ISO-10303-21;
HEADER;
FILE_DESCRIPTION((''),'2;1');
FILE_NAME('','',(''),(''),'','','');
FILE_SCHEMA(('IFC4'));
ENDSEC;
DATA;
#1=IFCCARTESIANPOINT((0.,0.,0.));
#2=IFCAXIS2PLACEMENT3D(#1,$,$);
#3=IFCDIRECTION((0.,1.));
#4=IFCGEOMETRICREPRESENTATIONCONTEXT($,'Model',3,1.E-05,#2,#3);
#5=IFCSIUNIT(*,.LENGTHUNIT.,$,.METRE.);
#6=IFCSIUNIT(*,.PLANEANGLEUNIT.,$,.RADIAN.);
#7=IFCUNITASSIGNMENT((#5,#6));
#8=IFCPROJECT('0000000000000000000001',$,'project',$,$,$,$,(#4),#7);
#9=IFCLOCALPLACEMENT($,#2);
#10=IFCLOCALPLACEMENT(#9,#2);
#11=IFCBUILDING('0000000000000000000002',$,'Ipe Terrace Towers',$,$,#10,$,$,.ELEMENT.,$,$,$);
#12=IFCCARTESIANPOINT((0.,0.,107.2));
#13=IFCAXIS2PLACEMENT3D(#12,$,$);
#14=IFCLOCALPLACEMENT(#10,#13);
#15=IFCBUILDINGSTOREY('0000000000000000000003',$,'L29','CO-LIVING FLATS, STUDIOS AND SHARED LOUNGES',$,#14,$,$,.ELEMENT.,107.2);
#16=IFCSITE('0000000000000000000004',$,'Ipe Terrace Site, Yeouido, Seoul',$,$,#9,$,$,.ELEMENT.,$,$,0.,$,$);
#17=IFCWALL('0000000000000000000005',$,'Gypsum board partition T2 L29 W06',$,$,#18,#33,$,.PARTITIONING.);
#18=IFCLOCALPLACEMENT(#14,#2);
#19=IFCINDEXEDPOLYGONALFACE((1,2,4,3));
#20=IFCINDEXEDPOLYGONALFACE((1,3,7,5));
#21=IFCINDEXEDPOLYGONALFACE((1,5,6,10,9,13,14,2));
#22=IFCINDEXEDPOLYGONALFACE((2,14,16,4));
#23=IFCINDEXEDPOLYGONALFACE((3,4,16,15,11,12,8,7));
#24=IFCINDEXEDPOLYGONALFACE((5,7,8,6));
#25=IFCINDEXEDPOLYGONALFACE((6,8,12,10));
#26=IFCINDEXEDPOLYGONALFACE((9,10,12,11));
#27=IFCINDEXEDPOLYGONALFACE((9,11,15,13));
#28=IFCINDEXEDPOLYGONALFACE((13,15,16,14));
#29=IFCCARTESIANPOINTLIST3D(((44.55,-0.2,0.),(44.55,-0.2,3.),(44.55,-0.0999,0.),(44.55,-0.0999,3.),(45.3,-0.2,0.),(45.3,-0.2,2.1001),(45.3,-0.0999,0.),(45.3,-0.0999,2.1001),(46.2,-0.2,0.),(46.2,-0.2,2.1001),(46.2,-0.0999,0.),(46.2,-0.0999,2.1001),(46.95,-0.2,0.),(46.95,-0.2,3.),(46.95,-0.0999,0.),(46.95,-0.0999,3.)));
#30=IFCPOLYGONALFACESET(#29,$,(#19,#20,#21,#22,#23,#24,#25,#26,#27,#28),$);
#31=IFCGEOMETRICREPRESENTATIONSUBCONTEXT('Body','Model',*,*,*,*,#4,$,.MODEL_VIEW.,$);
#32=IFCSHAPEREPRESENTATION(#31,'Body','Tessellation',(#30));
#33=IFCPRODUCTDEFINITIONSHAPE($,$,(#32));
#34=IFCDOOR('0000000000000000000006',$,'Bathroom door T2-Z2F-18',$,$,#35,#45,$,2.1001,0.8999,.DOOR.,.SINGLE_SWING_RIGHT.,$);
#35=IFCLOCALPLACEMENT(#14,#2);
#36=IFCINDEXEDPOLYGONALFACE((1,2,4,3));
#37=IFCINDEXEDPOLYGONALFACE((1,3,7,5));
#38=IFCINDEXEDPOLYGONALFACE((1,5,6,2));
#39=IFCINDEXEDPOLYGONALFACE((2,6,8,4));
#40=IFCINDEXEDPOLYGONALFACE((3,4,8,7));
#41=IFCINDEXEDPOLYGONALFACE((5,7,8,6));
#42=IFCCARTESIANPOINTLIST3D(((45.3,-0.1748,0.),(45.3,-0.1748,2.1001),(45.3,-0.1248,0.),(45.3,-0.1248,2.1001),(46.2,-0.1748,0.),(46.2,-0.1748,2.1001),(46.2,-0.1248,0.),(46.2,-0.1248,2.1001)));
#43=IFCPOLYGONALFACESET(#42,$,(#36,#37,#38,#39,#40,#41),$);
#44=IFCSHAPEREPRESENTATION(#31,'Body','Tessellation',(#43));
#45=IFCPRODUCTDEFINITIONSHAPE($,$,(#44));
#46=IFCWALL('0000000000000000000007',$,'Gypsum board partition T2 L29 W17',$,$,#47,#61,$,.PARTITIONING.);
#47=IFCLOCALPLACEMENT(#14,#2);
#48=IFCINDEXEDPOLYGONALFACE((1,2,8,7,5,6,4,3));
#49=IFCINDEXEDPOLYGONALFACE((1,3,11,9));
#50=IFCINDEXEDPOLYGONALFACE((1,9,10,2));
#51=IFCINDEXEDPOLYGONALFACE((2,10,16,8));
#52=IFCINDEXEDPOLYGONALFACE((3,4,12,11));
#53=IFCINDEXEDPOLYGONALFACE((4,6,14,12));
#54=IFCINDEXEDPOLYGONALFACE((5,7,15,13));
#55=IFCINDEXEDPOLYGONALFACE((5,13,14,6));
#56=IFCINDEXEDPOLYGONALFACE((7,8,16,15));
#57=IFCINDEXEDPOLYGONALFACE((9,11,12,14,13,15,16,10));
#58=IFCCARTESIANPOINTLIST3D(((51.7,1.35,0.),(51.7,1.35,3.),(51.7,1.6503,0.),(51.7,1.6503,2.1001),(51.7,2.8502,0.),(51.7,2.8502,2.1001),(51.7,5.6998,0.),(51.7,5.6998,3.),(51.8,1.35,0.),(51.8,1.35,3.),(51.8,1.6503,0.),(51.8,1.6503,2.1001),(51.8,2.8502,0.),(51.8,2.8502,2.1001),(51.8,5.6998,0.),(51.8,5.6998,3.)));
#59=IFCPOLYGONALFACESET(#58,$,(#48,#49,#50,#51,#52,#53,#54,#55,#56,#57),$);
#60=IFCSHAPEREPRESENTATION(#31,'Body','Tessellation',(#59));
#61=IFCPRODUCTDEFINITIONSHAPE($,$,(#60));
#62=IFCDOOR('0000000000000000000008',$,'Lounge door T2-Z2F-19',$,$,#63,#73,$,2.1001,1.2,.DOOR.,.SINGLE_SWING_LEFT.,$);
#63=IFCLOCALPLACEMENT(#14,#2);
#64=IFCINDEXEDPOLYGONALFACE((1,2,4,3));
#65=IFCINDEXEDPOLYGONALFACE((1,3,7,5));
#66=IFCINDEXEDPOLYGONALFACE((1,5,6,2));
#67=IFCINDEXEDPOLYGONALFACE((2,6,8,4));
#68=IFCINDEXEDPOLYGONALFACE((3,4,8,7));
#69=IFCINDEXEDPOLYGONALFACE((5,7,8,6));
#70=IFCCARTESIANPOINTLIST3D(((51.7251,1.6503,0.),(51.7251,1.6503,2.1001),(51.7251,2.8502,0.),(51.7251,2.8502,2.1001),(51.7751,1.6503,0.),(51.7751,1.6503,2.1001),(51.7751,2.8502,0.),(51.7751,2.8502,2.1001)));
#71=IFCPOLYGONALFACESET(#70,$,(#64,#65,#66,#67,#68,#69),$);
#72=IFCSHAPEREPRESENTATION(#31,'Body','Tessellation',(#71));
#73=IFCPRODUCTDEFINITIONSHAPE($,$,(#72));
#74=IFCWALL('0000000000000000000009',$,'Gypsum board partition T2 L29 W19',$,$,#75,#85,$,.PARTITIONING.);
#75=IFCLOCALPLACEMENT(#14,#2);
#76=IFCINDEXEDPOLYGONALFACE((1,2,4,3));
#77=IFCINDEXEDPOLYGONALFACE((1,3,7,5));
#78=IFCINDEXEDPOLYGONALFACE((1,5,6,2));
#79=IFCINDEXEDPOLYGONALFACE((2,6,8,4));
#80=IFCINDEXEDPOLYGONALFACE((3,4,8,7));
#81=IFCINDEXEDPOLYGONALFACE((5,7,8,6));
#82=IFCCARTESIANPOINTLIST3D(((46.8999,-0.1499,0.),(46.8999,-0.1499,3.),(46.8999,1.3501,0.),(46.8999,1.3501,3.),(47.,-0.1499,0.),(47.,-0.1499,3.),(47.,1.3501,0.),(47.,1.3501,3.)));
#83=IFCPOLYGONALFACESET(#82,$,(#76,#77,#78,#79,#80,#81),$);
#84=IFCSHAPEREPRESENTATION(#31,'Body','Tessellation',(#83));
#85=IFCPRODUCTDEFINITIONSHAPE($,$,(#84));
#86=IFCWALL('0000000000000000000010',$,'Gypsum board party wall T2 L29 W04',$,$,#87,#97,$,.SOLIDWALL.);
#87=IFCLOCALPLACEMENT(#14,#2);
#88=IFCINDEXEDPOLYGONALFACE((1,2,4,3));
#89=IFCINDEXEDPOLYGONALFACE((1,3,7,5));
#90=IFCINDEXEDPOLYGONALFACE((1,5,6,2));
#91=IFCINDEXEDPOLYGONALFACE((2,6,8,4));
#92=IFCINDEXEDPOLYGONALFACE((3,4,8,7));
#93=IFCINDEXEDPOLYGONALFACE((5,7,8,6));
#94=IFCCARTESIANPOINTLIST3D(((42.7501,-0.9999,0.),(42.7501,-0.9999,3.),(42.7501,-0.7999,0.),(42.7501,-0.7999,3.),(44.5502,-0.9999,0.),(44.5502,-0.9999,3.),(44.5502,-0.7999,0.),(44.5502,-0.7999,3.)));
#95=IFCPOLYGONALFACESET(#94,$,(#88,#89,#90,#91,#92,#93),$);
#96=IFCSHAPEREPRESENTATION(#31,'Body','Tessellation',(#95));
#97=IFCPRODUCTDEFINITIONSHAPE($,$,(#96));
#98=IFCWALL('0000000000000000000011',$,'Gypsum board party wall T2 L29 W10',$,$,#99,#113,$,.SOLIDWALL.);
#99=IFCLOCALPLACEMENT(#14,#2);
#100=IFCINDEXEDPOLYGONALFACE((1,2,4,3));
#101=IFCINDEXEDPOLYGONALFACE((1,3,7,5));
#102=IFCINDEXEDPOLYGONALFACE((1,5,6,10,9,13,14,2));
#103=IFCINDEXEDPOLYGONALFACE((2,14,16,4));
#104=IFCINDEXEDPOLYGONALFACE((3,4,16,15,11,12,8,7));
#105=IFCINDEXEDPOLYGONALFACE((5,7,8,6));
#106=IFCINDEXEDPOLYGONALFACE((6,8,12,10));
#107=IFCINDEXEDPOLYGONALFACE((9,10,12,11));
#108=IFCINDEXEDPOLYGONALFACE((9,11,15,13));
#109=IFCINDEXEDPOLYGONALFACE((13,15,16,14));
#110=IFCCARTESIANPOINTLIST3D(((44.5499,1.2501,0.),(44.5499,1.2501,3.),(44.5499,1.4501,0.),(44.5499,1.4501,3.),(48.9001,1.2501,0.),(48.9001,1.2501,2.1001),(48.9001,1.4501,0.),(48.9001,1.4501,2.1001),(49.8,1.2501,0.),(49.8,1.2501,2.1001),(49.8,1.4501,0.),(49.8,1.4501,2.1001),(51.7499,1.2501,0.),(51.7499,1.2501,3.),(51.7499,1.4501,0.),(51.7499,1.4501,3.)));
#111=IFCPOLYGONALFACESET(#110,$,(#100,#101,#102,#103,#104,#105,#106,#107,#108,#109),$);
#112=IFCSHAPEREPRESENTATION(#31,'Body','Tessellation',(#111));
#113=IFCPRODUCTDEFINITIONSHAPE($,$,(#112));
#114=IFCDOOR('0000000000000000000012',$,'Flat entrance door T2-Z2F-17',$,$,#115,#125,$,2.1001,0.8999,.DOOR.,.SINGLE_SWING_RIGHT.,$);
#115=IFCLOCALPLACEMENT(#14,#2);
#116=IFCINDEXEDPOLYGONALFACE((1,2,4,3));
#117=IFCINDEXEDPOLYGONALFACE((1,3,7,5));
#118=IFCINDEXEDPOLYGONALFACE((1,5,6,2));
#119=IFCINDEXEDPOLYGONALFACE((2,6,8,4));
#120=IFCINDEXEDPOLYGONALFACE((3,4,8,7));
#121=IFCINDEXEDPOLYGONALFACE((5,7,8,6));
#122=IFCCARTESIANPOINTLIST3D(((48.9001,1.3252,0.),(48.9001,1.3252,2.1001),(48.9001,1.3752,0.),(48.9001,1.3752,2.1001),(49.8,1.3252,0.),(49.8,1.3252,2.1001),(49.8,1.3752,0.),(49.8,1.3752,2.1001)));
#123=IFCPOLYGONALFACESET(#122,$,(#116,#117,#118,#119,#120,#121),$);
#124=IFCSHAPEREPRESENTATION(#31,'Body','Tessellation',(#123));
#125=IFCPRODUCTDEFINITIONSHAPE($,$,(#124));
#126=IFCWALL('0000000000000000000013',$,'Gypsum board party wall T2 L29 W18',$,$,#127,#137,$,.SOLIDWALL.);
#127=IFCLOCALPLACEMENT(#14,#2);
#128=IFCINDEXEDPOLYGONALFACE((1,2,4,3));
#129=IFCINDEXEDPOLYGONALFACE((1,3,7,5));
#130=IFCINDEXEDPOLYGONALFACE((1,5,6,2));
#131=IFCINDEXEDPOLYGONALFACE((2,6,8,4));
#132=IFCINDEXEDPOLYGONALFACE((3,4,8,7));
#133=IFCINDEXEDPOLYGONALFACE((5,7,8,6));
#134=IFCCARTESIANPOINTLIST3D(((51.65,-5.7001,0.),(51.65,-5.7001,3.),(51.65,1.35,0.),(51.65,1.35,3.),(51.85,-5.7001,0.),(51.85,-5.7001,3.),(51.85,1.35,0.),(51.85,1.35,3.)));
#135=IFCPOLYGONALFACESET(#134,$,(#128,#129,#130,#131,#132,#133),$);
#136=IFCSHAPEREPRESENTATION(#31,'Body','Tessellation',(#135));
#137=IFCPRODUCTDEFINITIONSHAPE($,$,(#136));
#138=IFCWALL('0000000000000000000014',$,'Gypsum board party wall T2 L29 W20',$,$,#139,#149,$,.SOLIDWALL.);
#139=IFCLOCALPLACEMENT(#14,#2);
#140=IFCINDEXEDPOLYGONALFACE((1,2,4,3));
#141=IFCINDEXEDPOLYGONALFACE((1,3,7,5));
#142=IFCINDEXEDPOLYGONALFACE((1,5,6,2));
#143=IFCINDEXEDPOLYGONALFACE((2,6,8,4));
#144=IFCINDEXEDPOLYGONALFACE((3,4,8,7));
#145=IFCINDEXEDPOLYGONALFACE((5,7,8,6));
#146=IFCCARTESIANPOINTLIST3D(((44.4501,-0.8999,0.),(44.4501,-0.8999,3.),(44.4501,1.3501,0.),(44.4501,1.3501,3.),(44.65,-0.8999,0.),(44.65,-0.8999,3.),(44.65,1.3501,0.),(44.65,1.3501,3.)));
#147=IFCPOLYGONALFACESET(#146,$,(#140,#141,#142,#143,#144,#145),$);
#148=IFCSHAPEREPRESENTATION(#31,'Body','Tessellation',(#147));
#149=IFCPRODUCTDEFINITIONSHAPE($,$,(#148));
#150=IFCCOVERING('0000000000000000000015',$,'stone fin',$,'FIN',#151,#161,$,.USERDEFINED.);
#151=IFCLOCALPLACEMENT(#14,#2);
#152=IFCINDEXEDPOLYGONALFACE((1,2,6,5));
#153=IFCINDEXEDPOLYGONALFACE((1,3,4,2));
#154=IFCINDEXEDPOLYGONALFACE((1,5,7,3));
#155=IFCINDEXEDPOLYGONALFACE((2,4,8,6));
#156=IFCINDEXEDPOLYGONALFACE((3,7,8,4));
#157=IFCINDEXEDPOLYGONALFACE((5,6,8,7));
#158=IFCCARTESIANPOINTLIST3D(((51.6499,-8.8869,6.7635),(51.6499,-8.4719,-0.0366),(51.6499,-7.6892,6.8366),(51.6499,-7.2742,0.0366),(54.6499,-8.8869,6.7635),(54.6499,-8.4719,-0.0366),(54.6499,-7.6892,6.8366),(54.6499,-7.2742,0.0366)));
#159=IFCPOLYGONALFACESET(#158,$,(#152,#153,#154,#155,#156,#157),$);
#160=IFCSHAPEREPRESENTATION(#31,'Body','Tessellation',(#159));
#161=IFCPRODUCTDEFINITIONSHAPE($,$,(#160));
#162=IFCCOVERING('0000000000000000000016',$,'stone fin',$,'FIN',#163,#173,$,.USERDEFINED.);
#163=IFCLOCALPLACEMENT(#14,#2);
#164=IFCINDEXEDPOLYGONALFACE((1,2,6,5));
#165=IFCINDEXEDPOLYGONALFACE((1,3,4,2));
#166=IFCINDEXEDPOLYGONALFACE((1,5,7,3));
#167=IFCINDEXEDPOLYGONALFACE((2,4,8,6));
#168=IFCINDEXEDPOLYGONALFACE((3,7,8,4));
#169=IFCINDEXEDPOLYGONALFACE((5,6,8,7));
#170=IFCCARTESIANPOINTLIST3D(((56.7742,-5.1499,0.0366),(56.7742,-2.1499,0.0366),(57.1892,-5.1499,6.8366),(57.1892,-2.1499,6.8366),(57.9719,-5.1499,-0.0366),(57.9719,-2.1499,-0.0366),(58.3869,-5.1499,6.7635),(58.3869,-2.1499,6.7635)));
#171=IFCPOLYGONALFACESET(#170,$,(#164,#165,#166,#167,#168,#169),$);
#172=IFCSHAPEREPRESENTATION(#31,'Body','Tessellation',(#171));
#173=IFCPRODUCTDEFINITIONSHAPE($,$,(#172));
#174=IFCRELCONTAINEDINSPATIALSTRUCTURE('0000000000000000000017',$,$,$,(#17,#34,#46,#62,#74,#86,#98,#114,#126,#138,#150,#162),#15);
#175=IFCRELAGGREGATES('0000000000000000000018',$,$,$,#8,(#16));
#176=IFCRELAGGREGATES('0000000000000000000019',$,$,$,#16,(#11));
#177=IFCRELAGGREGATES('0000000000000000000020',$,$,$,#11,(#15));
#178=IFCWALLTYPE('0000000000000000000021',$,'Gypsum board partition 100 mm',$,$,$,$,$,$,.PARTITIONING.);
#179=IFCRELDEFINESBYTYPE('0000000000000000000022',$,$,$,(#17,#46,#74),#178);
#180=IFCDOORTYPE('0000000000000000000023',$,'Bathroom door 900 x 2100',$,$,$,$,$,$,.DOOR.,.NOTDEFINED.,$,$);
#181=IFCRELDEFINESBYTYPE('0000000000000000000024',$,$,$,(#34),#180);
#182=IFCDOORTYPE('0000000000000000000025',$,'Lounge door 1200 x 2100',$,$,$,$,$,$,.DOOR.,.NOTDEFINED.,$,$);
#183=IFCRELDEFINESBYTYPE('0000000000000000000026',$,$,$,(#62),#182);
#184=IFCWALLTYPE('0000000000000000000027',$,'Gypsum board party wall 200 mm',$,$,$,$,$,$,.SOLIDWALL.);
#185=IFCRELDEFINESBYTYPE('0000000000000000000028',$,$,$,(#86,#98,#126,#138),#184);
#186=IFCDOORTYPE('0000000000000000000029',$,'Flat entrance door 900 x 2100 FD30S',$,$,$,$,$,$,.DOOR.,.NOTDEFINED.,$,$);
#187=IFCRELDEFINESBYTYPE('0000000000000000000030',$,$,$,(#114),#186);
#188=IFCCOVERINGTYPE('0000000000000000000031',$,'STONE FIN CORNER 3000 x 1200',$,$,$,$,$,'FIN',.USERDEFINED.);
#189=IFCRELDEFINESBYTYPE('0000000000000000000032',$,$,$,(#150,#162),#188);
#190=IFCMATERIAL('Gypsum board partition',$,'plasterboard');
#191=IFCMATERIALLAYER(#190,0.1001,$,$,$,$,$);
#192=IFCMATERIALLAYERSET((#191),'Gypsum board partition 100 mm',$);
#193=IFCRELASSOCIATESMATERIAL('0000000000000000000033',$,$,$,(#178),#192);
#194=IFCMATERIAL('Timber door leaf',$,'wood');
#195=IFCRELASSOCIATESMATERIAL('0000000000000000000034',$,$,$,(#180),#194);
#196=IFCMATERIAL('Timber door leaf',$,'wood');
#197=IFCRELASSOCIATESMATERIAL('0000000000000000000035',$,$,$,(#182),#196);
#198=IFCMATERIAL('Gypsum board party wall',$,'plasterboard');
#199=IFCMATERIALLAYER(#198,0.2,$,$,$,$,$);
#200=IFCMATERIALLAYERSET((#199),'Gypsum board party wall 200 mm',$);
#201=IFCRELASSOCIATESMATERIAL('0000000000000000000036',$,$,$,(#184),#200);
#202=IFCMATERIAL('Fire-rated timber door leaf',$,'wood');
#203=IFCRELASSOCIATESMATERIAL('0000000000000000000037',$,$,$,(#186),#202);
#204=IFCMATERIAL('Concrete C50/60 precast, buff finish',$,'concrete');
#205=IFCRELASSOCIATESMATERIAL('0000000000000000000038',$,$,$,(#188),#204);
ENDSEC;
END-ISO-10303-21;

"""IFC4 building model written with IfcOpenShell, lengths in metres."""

from ifc_helpers import new_model, si_unit, direction, frame, frame_2d, origin, origin_2d, place, context, subcontext, project, spatial, rectangle, extrude, material, layer, layer_set, material_profile, profile_set, type_object, element, fill, save


model = new_model("IFC4")

# Units and contexts
model_context = context("Model", 3, precision=1e-05, world=origin(), true_north=direction((0.0, 1.0)))
body_context = subcontext(model_context, "Body", "Model", "MODEL_VIEW")
ifc_project = project(units=[si_unit("LENGTHUNIT", "METRE"), si_unit("PLANEANGLEUNIT", "RADIAN")], contexts=[model_context])

# Site, building, storey
site_placement = place(None, origin())
site = spatial("IfcSite", under=ifc_project, at=site_placement, Name="Ipe Terrace Site, Yeouido, Seoul", CompositionType="ELEMENT", RefElevation=0.0)
building_placement = place(site_placement, origin())
building = spatial("IfcBuilding", under=site, at=building_placement, Name="Ipe Terrace Towers", CompositionType="ELEMENT")
storey_placement = place(building_placement, frame((0.0, 0.0, 107.2)))
storey = spatial("IfcBuildingStorey", under=building, at=storey_placement, Name="L29", Description="CO-LIVING FLATS, STUDIOS AND SHARED LOUNGES", CompositionType="ELEMENT", Elevation=107.2)

# Walls, openings, doors
ifc_material_1 = material(Name="Gypsum board partition", Category="plasterboard")
ifc_layer_1 = layer(ifc_material_1, 0.1001)
ifc_layer_set_1 = layer_set([ifc_layer_1], Name="Gypsum board partition 100 mm")
wall_type_1 = type_object("IfcWallType", Name="Gypsum board partition 100 mm", PredefinedType="PARTITIONING", material=ifc_layer_set_1)
wall_1_placement = place(storey_placement, frame((46.95, -0.1499, 0.0), z_axis=(0.0, 0.0, 1.0), x_axis=(-1.0, 0.0, 0.0)))
wall_1 = element("IfcWall", 1, at=wall_1_placement, inside=storey, type_object=wall_type_1, Name="Gypsum board partition T2 L29 W06", PredefinedType="PARTITIONING", context=body_context, shape_type="SweptSolid", body=[
    extrude(rectangle(XDim=2.3999, YDim=0.1001, at=frame_2d((1.2, 0.0))), origin(), (0.0, 0.0, 1.0), 3.0),
])
opening_1_placement = place(wall_1_placement, frame((0.75, 0.0, 0.0)))
opening_1 = element("IfcOpeningElement", 2, at=opening_1_placement, cuts=wall_1, PredefinedType="OPENING", context=body_context, shape_type="SweptSolid", body=[
    extrude(rectangle(XDim=0.8999, YDim=2.1001, at=frame_2d((0.45, 1.05))), frame((0.0, 0.0601, 0.0), z_axis=(0.0, -1.0, 0.0), x_axis=(1.0, 0.0, 0.0)), (0.0, 0.0, 1.0), 0.1201),
])
ifc_material_2 = material(Name="Timber door leaf", Category="wood")
door_type_1 = type_object("IfcDoorType", Name="Bathroom door 900 x 2100", OperationType="NOTDEFINED", PredefinedType="DOOR", material=ifc_material_2)
door_1_placement = place(opening_1_placement, origin())
door_1 = element("IfcDoor", 3, at=door_1_placement, inside=storey, type_object=door_type_1, Name="Bathroom door T2-Z2F-18", OperationType="SINGLE_SWING_RIGHT", OverallHeight=2.1001, OverallWidth=0.8999, PredefinedType="DOOR", context=body_context, shape_type="SweptSolid", body=[
    extrude(rectangle(XDim=0.8999, YDim=2.1001, at=frame_2d((0.45, 1.05))), frame((0.0, 0.0249, 0.0), z_axis=(0.0, -1.0, 0.0), x_axis=(1.0, 0.0, 0.0)), (0.0, 0.0, 1.0), 0.05),
])
fill(opening_1, door_1)
wall_2_placement = place(storey_placement, frame((51.75, 1.3501, 0.0), z_axis=(0.0, 0.0, 1.0), x_axis=(0.0, 1.0, 0.0)))
wall_2 = element("IfcWall", 4, at=wall_2_placement, inside=storey, type_object=wall_type_1, Name="Gypsum board partition T2 L29 W17", PredefinedType="PARTITIONING", context=body_context, shape_type="SweptSolid", body=[
    extrude(rectangle(XDim=4.3499, YDim=0.1001, at=frame_2d((2.1748, 0.0))), origin(), (0.0, 0.0, 1.0), 3.0),
])
opening_2_placement = place(wall_2_placement, frame((0.3, 0.0, 0.0)))
opening_2 = element("IfcOpeningElement", 5, at=opening_2_placement, cuts=wall_2, PredefinedType="OPENING", context=body_context, shape_type="SweptSolid", body=[
    extrude(rectangle(XDim=1.2, YDim=2.1001, at=frame_2d((0.6001, 1.05))), frame((0.0, 0.0601, 0.0), z_axis=(0.0, -1.0, 0.0), x_axis=(1.0, 0.0, 0.0)), (0.0, 0.0, 1.0), 0.1201),
])
ifc_material_3 = material(Name="Timber door leaf", Category="wood")
door_type_2 = type_object("IfcDoorType", Name="Lounge door 1200 x 2100", OperationType="NOTDEFINED", PredefinedType="DOOR", material=ifc_material_3)
door_2_placement = place(opening_2_placement, origin())
door_2 = element("IfcDoor", 6, at=door_2_placement, inside=storey, type_object=door_type_2, Name="Lounge door T2-Z2F-19", OperationType="SINGLE_SWING_LEFT", OverallHeight=2.1001, OverallWidth=1.2, PredefinedType="DOOR", context=body_context, shape_type="SweptSolid", body=[
    extrude(rectangle(XDim=1.2, YDim=2.1001, at=frame_2d((0.6001, 1.05))), frame((0.0, 0.0249, 0.0), z_axis=(0.0, -1.0, 0.0), x_axis=(1.0, 0.0, 0.0)), (0.0, 0.0, 1.0), 0.05),
])
fill(opening_2, door_2)

# Walls
wall_3_placement = place(storey_placement, frame((46.95, -0.1499, 0.0), z_axis=(0.0, 0.0, 1.0), x_axis=(0.0, 1.0, 0.0)))
element("IfcWall", 7, at=wall_3_placement, inside=storey, type_object=wall_type_1, Name="Gypsum board partition T2 L29 W19", PredefinedType="PARTITIONING", context=body_context, shape_type="SweptSolid", body=[
    extrude(rectangle(XDim=1.5, YDim=0.1001, at=frame_2d((0.75, 0.0))), origin(), (0.0, 0.0, 1.0), 3.0),
])
ifc_material_4 = material(Name="Gypsum board party wall", Category="plasterboard")
ifc_layer_2 = layer(ifc_material_4, 0.2)
ifc_layer_set_2 = layer_set([ifc_layer_2], Name="Gypsum board party wall 200 mm")
wall_type_2 = type_object("IfcWallType", Name="Gypsum board party wall 200 mm", PredefinedType="SOLIDWALL", material=ifc_layer_set_2)
wall_4_placement = place(storey_placement, frame((44.55, -0.8999, 0.0), z_axis=(0.0, 0.0, 1.0), x_axis=(-1.0, 0.0, 0.0)))
element("IfcWall", 8, at=wall_4_placement, inside=storey, type_object=wall_type_2, Name="Gypsum board party wall T2 L29 W04", PredefinedType="SOLIDWALL", context=body_context, shape_type="SweptSolid", body=[
    extrude(rectangle(XDim=1.8, YDim=0.2, at=frame_2d((0.8999, 0.0))), origin(), (0.0, 0.0, 1.0), 3.0),
])

# Wall, opening, door
wall_5_placement = place(storey_placement, frame((51.75, 1.3501, 0.0), z_axis=(0.0, 0.0, 1.0), x_axis=(-1.0, 0.0, 0.0)))
wall_5 = element("IfcWall", 9, at=wall_5_placement, inside=storey, type_object=wall_type_2, Name="Gypsum board party wall T2 L29 W10", PredefinedType="SOLIDWALL", context=body_context, shape_type="SweptSolid", body=[
    extrude(rectangle(XDim=7.2, YDim=0.2, at=frame_2d((3.6001, 0.0))), origin(), (0.0, 0.0, 1.0), 3.0),
])
opening_3_placement = place(wall_5_placement, frame((1.95, 0.0, 0.0)))
opening_3 = element("IfcOpeningElement", 10, at=opening_3_placement, cuts=wall_5, PredefinedType="OPENING", context=body_context, shape_type="SweptSolid", body=[
    extrude(rectangle(XDim=0.8999, YDim=2.1001, at=frame_2d((0.45, 1.05))), frame((0.0, 0.1099, 0.0), z_axis=(0.0, -1.0, 0.0), x_axis=(1.0, 0.0, 0.0)), (0.0, 0.0, 1.0), 0.22),
])
ifc_material_5 = material(Name="Fire-rated timber door leaf", Category="wood")
door_type_3 = type_object("IfcDoorType", Name="Flat entrance door 900 x 2100 FD30S", OperationType="NOTDEFINED", PredefinedType="DOOR", material=ifc_material_5)
door_3_placement = place(opening_3_placement, origin())
door_3 = element("IfcDoor", 11, at=door_3_placement, inside=storey, type_object=door_type_3, Name="Flat entrance door T2-Z2F-17", OperationType="SINGLE_SWING_RIGHT", OverallHeight=2.1001, OverallWidth=0.8999, PredefinedType="DOOR", context=body_context, shape_type="SweptSolid", body=[
    extrude(rectangle(XDim=0.8999, YDim=2.1001, at=frame_2d((0.45, 1.05))), frame((0.0, 0.0249, 0.0), z_axis=(0.0, -1.0, 0.0), x_axis=(1.0, 0.0, 0.0)), (0.0, 0.0, 1.0), 0.05),
])
fill(opening_3, door_3)

# Walls
wall_6_placement = place(storey_placement, frame((51.75, -5.7, 0.0), z_axis=(0.0, 0.0, 1.0), x_axis=(0.0, 1.0, 0.0)))
element("IfcWall", 12, at=wall_6_placement, inside=storey, type_object=wall_type_2, Name="Gypsum board party wall T2 L29 W18", PredefinedType="SOLIDWALL", context=body_context, shape_type="SweptSolid", body=[
    extrude(rectangle(XDim=7.05, YDim=0.2, at=frame_2d((3.5249, 0.0))), origin(), (0.0, 0.0, 1.0), 3.0),
])
wall_7_placement = place(storey_placement, frame((44.55, -0.8999, 0.0), z_axis=(0.0, 0.0, 1.0), x_axis=(0.0, 1.0, 0.0)))
element("IfcWall", 13, at=wall_7_placement, inside=storey, type_object=wall_type_2, Name="Gypsum board party wall T2 L29 W20", PredefinedType="SOLIDWALL", context=body_context, shape_type="SweptSolid", body=[
    extrude(rectangle(XDim=2.25, YDim=0.2, at=frame_2d((1.125, 0.0))), origin(), (0.0, 0.0, 1.0), 3.0),
])

# Coverings
ifc_material_6 = material(Name="Concrete C50/60 precast, buff finish", Category="concrete")
ifc_material_profile_1 = material_profile(ifc_material_6, rectangle(XDim=3.0, YDim=1.2, at=origin_2d()), Name="STONE FIN CORNER 3000 x 1200")
ifc_profile_set_1 = profile_set([ifc_material_profile_1], Name="Concrete C50/60 precast, buff finish")
covering_type_1 = type_object("IfcCoveringType", Name="STONE FIN CORNER 3000 x 1200", ElementType="FIN", PredefinedType="USERDEFINED", material=ifc_profile_set_1)
for number, where, z_axis, x_axis, name in (
    (14, (53.1499, -7.873, 0.0), (0.0, -0.060921, 0.998143), (1.0, 0.0, 0.0), "stone fin"),
    (15, (57.373, -3.6499, 0.0), (0.060921, 0.0, 0.998143), (0.0, 1.0, 0.0), "stone fin"),
):
    element("IfcCovering", number, at=place(storey_placement, frame(where, z_axis=z_axis, x_axis=x_axis)), inside=storey, type_object=covering_type_1, Name=name, ObjectType="FIN", PredefinedType="USERDEFINED", context=body_context, shape_type="SweptSolid", body=[
        extrude(rectangle(XDim=3.0, YDim=1.2, at=origin_2d()), origin(), (0.0, 0.0, 1.0), 6.8127),
    ])

save(model, "model.ifc")
